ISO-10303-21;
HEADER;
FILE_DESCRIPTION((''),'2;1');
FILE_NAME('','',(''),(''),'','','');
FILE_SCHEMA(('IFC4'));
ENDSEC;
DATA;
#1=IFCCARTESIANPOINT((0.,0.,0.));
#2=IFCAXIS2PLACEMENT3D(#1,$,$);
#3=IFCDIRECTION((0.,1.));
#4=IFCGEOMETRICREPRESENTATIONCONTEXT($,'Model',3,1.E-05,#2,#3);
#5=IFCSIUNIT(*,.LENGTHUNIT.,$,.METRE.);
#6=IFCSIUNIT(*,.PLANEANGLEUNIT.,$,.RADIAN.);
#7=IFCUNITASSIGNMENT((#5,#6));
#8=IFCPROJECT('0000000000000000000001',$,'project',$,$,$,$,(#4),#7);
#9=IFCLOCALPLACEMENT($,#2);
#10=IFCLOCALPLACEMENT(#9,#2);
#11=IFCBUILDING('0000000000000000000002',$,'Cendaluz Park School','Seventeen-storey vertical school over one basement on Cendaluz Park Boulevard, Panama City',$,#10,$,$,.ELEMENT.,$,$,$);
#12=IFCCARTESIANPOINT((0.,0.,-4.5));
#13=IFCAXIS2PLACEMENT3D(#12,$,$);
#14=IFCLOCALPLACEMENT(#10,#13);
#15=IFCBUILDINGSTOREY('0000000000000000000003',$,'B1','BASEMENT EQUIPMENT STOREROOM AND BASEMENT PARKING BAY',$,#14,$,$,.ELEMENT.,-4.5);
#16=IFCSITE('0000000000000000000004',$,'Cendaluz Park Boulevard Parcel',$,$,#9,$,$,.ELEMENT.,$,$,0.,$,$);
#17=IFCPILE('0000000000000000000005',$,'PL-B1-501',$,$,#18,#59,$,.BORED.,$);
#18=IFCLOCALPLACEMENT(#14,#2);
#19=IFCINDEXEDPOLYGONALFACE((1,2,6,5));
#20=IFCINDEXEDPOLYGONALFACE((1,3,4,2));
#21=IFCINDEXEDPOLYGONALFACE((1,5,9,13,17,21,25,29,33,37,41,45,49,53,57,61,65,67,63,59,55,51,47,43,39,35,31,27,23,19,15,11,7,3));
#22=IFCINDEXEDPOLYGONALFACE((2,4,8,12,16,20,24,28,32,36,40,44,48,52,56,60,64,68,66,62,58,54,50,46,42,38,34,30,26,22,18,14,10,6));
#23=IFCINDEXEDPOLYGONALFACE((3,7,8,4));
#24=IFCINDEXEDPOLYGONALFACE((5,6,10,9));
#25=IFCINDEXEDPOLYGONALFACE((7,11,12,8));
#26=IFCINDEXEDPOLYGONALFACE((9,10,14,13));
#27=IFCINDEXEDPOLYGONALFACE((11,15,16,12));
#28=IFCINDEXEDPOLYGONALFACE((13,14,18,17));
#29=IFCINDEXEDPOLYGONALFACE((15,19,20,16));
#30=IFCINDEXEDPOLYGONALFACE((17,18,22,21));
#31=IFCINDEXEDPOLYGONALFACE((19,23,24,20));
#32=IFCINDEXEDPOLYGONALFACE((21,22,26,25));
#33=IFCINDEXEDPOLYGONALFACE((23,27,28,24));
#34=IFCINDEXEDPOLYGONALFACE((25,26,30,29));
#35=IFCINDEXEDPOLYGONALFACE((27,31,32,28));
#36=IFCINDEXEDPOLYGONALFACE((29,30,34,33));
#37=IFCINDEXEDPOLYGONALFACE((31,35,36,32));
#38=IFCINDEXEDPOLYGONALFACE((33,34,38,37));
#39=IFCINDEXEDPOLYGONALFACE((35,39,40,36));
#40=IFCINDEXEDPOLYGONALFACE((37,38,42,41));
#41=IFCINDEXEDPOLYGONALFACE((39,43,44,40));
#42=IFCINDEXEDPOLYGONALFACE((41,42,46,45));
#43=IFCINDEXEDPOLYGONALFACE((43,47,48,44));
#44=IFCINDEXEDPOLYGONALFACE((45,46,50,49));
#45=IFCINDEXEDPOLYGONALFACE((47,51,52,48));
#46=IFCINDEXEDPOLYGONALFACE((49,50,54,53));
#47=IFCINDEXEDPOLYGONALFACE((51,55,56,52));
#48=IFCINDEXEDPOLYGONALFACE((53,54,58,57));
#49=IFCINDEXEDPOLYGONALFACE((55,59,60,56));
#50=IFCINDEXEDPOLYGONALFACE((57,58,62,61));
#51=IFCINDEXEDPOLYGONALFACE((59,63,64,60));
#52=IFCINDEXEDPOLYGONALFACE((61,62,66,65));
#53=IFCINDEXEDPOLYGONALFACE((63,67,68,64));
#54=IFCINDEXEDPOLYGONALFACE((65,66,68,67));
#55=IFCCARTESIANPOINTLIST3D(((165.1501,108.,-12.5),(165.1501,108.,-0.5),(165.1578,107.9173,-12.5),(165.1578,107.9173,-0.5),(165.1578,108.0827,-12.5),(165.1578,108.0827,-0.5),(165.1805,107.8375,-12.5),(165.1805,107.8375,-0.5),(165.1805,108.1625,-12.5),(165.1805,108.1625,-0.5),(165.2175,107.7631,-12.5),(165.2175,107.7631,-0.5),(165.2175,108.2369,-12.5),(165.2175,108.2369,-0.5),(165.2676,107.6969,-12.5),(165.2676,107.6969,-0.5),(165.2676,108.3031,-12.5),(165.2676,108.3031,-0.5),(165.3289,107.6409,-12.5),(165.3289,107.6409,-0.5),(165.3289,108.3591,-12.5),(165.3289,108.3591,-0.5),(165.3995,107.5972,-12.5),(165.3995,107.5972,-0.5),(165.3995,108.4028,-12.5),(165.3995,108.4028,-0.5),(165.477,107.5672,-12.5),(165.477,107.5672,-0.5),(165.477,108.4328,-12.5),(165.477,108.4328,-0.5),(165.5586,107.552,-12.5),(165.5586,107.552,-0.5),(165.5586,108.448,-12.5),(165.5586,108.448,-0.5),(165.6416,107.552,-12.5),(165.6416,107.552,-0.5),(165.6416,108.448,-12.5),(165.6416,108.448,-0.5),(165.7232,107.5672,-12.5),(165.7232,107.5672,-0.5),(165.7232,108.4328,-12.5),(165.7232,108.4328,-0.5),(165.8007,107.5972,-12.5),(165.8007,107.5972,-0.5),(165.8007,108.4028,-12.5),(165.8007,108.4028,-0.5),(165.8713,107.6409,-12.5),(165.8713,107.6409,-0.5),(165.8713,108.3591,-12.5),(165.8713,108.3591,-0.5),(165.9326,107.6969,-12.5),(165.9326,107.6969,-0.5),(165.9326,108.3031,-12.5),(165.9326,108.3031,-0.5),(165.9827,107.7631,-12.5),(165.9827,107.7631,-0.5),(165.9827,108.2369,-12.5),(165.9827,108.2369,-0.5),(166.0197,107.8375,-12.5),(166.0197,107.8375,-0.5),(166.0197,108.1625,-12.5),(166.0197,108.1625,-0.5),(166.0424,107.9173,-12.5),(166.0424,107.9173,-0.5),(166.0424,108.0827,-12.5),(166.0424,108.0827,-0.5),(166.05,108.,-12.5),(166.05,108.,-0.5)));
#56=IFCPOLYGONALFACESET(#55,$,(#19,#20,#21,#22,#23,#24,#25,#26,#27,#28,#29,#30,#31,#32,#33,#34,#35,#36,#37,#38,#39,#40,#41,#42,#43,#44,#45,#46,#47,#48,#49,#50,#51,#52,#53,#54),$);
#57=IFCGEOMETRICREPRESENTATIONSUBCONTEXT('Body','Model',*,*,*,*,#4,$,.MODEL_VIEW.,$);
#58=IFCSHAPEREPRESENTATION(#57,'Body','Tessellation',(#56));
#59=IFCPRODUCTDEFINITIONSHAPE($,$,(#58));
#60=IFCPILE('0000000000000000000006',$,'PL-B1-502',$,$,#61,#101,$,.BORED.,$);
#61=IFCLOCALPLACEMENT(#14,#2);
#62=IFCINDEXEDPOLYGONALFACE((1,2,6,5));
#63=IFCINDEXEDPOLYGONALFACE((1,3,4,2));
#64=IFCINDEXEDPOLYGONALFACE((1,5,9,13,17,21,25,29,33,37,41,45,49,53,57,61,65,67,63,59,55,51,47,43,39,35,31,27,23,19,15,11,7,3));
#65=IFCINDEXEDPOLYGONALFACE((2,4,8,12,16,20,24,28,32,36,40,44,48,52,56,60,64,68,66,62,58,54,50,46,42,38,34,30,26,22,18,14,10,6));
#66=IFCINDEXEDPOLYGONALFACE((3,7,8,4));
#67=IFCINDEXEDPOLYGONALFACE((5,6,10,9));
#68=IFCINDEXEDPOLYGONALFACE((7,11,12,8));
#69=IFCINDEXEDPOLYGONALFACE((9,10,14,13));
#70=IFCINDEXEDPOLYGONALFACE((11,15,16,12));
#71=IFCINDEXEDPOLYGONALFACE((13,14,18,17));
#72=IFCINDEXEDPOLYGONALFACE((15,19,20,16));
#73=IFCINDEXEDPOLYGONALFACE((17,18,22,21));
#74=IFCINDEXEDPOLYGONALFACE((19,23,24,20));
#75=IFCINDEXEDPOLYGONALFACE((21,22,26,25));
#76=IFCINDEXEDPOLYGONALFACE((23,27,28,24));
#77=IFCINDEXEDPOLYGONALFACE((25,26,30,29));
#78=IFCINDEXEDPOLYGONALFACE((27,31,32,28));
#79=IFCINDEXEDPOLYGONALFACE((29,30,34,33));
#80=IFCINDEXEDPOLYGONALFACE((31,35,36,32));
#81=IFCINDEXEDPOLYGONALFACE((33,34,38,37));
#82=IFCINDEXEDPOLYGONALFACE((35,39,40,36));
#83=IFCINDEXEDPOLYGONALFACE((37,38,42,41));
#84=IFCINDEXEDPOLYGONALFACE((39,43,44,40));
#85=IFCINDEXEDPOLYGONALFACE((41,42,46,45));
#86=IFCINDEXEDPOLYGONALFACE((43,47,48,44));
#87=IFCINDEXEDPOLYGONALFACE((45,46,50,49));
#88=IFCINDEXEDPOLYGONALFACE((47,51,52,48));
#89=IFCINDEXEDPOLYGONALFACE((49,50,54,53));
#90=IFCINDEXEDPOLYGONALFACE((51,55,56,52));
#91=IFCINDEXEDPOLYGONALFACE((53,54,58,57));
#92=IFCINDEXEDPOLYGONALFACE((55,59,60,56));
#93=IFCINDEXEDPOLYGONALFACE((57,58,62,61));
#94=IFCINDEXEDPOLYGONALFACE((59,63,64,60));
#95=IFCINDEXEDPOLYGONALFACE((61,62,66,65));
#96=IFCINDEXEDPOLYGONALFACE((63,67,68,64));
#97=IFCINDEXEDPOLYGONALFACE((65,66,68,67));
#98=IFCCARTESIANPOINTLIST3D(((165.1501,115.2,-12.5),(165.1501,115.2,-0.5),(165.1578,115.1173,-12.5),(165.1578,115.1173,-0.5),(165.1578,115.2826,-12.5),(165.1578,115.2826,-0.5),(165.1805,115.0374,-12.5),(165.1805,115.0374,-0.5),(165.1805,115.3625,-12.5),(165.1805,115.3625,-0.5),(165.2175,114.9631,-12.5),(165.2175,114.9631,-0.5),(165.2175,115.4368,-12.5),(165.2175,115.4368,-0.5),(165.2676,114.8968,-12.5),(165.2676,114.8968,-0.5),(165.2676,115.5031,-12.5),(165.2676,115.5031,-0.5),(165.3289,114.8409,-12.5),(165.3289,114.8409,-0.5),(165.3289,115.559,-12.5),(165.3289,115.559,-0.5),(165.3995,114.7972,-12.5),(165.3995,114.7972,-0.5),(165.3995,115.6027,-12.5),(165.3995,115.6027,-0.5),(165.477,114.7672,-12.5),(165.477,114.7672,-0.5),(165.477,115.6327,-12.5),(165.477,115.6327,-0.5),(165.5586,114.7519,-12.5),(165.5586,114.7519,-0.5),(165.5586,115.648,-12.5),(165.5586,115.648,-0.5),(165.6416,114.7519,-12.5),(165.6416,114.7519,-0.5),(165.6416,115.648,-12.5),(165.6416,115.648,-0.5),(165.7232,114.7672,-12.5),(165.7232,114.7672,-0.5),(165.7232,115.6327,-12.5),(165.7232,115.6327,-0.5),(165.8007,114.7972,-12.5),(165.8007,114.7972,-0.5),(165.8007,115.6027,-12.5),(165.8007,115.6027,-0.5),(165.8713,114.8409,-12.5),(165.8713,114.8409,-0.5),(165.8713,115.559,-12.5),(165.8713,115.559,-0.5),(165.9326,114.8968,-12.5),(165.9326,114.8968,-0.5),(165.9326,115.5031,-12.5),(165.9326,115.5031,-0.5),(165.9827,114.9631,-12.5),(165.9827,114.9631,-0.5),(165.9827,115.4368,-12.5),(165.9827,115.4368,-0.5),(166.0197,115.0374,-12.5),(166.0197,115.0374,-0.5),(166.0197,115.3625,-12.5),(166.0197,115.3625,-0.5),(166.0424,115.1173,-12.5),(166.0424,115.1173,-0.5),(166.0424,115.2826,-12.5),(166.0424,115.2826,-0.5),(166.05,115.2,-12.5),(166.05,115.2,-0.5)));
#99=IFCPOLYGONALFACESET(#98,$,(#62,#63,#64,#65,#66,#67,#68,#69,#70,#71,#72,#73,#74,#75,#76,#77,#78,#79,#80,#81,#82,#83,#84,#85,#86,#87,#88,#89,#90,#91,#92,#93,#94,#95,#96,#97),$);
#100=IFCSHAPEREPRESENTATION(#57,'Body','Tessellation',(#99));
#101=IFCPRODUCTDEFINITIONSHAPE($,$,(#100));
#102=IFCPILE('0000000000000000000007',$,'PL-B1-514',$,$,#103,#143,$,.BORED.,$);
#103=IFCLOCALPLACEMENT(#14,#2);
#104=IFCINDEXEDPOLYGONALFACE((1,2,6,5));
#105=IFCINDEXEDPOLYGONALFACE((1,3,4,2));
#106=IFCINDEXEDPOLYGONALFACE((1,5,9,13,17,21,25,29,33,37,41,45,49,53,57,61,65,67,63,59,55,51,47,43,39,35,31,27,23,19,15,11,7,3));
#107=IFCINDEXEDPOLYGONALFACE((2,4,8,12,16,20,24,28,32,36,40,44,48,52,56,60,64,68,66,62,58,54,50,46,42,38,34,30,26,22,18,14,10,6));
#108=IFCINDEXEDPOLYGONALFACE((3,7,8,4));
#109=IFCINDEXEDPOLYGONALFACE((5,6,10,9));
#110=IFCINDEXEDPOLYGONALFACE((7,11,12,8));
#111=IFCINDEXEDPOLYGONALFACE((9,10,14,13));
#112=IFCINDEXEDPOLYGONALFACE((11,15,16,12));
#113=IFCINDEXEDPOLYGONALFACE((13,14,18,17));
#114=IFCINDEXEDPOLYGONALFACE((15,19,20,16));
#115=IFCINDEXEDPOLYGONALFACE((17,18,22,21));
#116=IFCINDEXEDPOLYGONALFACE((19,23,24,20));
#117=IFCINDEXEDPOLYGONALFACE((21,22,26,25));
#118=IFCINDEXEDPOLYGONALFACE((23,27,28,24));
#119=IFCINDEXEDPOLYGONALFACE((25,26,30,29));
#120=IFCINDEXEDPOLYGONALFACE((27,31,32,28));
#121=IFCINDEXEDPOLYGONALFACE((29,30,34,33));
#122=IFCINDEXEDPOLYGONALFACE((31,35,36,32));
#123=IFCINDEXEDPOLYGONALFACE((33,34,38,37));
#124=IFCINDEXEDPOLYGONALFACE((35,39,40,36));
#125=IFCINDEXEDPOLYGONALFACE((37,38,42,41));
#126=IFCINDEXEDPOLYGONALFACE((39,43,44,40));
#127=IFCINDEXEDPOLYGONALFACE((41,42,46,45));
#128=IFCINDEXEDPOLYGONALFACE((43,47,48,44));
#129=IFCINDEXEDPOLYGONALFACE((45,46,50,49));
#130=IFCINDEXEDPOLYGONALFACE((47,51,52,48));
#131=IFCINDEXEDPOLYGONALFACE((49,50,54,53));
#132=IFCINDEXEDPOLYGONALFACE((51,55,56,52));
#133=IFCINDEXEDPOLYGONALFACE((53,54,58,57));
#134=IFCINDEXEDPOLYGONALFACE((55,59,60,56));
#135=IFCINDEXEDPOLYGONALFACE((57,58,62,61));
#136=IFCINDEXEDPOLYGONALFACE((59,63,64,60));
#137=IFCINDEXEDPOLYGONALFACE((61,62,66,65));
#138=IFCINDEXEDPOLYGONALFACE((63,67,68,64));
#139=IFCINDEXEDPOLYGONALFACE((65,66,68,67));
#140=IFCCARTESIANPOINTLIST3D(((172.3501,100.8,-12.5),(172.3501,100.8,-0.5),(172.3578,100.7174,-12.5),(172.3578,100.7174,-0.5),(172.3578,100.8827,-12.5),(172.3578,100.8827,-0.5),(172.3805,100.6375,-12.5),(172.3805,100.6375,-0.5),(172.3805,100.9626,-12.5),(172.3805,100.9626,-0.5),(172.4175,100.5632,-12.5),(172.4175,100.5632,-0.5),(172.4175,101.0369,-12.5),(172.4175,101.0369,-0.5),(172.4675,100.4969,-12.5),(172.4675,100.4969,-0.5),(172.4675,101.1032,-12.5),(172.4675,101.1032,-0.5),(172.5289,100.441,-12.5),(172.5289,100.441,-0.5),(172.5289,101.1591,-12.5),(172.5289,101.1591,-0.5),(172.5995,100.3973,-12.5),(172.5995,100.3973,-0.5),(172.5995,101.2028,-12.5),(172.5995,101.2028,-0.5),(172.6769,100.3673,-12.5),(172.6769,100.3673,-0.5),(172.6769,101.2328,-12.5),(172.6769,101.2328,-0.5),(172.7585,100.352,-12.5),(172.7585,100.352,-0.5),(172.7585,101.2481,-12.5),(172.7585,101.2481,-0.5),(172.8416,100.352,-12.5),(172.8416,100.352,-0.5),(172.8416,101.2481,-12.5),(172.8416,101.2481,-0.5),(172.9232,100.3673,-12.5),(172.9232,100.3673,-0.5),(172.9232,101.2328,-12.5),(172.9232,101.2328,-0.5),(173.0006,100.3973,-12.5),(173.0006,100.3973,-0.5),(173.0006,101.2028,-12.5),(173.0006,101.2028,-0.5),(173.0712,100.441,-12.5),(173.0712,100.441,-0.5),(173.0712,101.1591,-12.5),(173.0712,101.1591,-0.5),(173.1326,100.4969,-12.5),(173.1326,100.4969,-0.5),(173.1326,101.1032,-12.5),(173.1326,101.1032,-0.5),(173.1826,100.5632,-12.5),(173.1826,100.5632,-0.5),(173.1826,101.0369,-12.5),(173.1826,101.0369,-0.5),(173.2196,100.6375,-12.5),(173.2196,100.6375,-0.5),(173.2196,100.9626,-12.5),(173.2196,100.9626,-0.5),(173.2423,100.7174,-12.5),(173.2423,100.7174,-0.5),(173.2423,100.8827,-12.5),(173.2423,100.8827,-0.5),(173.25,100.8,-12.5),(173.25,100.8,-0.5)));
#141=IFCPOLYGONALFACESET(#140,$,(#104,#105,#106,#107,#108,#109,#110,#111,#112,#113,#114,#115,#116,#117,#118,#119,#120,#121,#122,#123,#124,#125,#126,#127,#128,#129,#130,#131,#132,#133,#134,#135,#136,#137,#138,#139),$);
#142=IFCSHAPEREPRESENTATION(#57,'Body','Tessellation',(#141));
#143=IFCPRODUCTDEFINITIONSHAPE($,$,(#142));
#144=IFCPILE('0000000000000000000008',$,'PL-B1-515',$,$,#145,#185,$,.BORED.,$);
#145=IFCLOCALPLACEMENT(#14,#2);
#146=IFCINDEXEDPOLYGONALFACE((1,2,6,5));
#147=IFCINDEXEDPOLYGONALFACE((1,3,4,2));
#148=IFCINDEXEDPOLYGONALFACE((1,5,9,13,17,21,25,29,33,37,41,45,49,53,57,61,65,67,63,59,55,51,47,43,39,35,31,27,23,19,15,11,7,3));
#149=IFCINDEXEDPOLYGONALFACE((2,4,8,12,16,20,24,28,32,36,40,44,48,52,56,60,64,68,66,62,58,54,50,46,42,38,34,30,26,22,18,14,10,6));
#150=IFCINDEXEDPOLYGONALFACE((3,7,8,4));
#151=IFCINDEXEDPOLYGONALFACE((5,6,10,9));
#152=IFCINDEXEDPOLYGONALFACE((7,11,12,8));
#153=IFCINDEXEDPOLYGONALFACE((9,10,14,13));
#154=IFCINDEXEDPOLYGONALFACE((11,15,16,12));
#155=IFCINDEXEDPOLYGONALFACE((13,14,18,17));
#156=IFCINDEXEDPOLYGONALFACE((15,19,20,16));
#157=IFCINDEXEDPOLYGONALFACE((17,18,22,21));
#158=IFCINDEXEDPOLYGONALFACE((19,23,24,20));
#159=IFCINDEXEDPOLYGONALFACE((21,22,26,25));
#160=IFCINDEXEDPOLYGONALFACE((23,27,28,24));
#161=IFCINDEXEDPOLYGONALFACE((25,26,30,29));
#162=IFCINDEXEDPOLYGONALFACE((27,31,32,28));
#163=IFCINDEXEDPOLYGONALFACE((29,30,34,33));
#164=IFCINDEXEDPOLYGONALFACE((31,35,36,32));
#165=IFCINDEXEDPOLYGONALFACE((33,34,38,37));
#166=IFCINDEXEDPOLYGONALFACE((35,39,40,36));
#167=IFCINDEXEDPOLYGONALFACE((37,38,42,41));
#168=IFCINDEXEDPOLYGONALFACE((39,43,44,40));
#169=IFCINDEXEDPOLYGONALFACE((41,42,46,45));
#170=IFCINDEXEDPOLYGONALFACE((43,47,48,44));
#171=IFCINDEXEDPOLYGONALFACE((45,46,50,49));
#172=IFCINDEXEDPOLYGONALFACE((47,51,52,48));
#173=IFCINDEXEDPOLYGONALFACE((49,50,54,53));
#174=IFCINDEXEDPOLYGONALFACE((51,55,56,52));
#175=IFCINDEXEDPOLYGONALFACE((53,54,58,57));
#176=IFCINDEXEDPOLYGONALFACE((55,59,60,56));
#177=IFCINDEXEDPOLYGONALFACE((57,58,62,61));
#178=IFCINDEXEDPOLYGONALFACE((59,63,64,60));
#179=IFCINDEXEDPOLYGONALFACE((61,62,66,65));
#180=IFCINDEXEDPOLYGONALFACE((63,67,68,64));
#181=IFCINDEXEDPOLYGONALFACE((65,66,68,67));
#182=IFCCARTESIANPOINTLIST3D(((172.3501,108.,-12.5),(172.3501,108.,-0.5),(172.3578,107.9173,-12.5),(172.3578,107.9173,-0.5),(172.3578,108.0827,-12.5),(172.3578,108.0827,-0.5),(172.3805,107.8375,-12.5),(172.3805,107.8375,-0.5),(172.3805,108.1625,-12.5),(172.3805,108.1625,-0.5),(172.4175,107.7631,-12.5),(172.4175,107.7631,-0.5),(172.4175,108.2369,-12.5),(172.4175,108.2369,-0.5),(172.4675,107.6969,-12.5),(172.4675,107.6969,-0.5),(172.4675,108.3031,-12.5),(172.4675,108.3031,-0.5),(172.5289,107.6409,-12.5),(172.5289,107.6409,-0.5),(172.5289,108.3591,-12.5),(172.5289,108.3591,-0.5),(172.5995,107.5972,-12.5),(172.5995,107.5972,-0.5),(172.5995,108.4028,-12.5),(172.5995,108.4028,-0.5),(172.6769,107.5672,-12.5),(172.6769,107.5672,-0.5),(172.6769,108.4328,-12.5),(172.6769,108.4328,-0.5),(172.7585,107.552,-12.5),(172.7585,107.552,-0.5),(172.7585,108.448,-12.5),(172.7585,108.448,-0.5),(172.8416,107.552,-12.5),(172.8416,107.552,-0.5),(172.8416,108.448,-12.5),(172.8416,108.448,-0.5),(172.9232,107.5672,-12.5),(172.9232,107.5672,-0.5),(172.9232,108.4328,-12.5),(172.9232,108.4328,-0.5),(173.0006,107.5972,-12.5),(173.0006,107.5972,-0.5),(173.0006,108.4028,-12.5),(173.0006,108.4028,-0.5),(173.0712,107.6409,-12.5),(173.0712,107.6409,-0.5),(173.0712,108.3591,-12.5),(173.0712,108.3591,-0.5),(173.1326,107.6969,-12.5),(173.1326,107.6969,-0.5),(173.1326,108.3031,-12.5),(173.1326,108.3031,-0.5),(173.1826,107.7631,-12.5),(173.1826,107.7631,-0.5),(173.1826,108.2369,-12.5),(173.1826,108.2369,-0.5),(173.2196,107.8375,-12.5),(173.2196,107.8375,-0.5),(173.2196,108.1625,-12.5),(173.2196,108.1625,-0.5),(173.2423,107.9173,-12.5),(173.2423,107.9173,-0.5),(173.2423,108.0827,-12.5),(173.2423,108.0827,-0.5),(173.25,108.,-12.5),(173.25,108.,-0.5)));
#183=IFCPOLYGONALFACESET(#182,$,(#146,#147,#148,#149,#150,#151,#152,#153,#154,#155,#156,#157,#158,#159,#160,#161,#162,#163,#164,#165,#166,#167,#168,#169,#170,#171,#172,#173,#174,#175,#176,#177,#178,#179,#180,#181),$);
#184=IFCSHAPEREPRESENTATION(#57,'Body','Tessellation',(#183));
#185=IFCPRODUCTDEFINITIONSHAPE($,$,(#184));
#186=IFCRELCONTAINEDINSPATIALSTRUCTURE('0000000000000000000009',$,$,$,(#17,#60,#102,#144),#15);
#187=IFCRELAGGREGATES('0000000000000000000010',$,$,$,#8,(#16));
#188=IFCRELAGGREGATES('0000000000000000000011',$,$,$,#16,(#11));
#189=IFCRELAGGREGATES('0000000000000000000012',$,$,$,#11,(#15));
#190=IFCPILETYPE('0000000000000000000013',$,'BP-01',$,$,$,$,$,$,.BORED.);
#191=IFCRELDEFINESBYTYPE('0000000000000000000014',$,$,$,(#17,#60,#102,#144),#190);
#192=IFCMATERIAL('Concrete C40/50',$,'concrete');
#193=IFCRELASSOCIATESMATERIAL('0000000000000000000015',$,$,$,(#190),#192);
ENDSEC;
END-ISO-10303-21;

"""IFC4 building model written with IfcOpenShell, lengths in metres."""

from ifc_helpers import new_model, si_unit, direction, frame, origin, origin_2d, place, context, subcontext, project, spatial, circle, extrude, material, material_profile, profile_set, type_object, element, save


model = new_model("IFC4")

# Units and contexts
model_context = context("Model", 3, precision=1e-05, world=origin(), true_north=direction((0.0, 1.0)))
body_context = subcontext(model_context, "Body", "Model", "MODEL_VIEW")
ifc_project = project(units=[si_unit("LENGTHUNIT", "METRE"), si_unit("PLANEANGLEUNIT", "RADIAN")], contexts=[model_context])

# Site, building, storey
site_placement = place(None, origin())
site = spatial("IfcSite", under=ifc_project, at=site_placement, Name="Cendaluz Park Boulevard Parcel", CompositionType="ELEMENT", RefElevation=0.0)
building_placement = place(site_placement, origin())
building = spatial("IfcBuilding", under=site, at=building_placement, Name="Cendaluz Park School", Description="Seventeen-storey vertical school over one basement on Cendaluz Park Boulevard, Panama City", CompositionType="ELEMENT")
storey_placement = place(building_placement, frame((0.0, 0.0, -4.5)))
storey = spatial("IfcBuildingStorey", under=building, at=storey_placement, Name="B1", Description="BASEMENT EQUIPMENT STOREROOM AND BASEMENT PARKING BAY", CompositionType="ELEMENT", Elevation=-4.5)

# Piles
ifc_material_1 = material(Name="Concrete C40/50", Category="concrete")
ifc_material_profile_1 = material_profile(ifc_material_1, circle(Radius=0.45, at=origin_2d()), Name="BP D900", Category="concrete")
ifc_profile_set_1 = profile_set([ifc_material_profile_1], Name="Concrete C40/50")
pile_type_1 = type_object("IfcPileType", Name="BP-01", PredefinedType="BORED", material=ifc_profile_set_1)
for number, where, z_axis, x_axis, name in (
    (1, (165.6001, 108.0, -0.5), (0.0, 0.0, -1.0), (1.0, 0.0, 0.0), "PL-B1-501"),
    (2, (165.6001, 115.2, -0.5), (0.0, 0.0, -1.0), (1.0, 0.0, 0.0), "PL-B1-502"),
    (3, (172.8, 100.8, -0.5), (0.0, 0.0, -1.0), (1.0, 0.0, 0.0), "PL-B1-514"),
    (4, (172.8, 108.0, -0.5), (0.0, 0.0, -1.0), (1.0, 0.0, 0.0), "PL-B1-515"),
):
    element("IfcPile", number, at=place(storey_placement, frame(where, z_axis=z_axis, x_axis=x_axis)), inside=storey, type_object=pile_type_1, Name=name, PredefinedType="BORED", context=body_context, shape_type="SweptSolid", body=[
        extrude(circle(Radius=0.45, at=origin_2d()), origin(), (0.0, 0.0, 1.0), 12.0),
    ])

save(model, "model.ifc")
